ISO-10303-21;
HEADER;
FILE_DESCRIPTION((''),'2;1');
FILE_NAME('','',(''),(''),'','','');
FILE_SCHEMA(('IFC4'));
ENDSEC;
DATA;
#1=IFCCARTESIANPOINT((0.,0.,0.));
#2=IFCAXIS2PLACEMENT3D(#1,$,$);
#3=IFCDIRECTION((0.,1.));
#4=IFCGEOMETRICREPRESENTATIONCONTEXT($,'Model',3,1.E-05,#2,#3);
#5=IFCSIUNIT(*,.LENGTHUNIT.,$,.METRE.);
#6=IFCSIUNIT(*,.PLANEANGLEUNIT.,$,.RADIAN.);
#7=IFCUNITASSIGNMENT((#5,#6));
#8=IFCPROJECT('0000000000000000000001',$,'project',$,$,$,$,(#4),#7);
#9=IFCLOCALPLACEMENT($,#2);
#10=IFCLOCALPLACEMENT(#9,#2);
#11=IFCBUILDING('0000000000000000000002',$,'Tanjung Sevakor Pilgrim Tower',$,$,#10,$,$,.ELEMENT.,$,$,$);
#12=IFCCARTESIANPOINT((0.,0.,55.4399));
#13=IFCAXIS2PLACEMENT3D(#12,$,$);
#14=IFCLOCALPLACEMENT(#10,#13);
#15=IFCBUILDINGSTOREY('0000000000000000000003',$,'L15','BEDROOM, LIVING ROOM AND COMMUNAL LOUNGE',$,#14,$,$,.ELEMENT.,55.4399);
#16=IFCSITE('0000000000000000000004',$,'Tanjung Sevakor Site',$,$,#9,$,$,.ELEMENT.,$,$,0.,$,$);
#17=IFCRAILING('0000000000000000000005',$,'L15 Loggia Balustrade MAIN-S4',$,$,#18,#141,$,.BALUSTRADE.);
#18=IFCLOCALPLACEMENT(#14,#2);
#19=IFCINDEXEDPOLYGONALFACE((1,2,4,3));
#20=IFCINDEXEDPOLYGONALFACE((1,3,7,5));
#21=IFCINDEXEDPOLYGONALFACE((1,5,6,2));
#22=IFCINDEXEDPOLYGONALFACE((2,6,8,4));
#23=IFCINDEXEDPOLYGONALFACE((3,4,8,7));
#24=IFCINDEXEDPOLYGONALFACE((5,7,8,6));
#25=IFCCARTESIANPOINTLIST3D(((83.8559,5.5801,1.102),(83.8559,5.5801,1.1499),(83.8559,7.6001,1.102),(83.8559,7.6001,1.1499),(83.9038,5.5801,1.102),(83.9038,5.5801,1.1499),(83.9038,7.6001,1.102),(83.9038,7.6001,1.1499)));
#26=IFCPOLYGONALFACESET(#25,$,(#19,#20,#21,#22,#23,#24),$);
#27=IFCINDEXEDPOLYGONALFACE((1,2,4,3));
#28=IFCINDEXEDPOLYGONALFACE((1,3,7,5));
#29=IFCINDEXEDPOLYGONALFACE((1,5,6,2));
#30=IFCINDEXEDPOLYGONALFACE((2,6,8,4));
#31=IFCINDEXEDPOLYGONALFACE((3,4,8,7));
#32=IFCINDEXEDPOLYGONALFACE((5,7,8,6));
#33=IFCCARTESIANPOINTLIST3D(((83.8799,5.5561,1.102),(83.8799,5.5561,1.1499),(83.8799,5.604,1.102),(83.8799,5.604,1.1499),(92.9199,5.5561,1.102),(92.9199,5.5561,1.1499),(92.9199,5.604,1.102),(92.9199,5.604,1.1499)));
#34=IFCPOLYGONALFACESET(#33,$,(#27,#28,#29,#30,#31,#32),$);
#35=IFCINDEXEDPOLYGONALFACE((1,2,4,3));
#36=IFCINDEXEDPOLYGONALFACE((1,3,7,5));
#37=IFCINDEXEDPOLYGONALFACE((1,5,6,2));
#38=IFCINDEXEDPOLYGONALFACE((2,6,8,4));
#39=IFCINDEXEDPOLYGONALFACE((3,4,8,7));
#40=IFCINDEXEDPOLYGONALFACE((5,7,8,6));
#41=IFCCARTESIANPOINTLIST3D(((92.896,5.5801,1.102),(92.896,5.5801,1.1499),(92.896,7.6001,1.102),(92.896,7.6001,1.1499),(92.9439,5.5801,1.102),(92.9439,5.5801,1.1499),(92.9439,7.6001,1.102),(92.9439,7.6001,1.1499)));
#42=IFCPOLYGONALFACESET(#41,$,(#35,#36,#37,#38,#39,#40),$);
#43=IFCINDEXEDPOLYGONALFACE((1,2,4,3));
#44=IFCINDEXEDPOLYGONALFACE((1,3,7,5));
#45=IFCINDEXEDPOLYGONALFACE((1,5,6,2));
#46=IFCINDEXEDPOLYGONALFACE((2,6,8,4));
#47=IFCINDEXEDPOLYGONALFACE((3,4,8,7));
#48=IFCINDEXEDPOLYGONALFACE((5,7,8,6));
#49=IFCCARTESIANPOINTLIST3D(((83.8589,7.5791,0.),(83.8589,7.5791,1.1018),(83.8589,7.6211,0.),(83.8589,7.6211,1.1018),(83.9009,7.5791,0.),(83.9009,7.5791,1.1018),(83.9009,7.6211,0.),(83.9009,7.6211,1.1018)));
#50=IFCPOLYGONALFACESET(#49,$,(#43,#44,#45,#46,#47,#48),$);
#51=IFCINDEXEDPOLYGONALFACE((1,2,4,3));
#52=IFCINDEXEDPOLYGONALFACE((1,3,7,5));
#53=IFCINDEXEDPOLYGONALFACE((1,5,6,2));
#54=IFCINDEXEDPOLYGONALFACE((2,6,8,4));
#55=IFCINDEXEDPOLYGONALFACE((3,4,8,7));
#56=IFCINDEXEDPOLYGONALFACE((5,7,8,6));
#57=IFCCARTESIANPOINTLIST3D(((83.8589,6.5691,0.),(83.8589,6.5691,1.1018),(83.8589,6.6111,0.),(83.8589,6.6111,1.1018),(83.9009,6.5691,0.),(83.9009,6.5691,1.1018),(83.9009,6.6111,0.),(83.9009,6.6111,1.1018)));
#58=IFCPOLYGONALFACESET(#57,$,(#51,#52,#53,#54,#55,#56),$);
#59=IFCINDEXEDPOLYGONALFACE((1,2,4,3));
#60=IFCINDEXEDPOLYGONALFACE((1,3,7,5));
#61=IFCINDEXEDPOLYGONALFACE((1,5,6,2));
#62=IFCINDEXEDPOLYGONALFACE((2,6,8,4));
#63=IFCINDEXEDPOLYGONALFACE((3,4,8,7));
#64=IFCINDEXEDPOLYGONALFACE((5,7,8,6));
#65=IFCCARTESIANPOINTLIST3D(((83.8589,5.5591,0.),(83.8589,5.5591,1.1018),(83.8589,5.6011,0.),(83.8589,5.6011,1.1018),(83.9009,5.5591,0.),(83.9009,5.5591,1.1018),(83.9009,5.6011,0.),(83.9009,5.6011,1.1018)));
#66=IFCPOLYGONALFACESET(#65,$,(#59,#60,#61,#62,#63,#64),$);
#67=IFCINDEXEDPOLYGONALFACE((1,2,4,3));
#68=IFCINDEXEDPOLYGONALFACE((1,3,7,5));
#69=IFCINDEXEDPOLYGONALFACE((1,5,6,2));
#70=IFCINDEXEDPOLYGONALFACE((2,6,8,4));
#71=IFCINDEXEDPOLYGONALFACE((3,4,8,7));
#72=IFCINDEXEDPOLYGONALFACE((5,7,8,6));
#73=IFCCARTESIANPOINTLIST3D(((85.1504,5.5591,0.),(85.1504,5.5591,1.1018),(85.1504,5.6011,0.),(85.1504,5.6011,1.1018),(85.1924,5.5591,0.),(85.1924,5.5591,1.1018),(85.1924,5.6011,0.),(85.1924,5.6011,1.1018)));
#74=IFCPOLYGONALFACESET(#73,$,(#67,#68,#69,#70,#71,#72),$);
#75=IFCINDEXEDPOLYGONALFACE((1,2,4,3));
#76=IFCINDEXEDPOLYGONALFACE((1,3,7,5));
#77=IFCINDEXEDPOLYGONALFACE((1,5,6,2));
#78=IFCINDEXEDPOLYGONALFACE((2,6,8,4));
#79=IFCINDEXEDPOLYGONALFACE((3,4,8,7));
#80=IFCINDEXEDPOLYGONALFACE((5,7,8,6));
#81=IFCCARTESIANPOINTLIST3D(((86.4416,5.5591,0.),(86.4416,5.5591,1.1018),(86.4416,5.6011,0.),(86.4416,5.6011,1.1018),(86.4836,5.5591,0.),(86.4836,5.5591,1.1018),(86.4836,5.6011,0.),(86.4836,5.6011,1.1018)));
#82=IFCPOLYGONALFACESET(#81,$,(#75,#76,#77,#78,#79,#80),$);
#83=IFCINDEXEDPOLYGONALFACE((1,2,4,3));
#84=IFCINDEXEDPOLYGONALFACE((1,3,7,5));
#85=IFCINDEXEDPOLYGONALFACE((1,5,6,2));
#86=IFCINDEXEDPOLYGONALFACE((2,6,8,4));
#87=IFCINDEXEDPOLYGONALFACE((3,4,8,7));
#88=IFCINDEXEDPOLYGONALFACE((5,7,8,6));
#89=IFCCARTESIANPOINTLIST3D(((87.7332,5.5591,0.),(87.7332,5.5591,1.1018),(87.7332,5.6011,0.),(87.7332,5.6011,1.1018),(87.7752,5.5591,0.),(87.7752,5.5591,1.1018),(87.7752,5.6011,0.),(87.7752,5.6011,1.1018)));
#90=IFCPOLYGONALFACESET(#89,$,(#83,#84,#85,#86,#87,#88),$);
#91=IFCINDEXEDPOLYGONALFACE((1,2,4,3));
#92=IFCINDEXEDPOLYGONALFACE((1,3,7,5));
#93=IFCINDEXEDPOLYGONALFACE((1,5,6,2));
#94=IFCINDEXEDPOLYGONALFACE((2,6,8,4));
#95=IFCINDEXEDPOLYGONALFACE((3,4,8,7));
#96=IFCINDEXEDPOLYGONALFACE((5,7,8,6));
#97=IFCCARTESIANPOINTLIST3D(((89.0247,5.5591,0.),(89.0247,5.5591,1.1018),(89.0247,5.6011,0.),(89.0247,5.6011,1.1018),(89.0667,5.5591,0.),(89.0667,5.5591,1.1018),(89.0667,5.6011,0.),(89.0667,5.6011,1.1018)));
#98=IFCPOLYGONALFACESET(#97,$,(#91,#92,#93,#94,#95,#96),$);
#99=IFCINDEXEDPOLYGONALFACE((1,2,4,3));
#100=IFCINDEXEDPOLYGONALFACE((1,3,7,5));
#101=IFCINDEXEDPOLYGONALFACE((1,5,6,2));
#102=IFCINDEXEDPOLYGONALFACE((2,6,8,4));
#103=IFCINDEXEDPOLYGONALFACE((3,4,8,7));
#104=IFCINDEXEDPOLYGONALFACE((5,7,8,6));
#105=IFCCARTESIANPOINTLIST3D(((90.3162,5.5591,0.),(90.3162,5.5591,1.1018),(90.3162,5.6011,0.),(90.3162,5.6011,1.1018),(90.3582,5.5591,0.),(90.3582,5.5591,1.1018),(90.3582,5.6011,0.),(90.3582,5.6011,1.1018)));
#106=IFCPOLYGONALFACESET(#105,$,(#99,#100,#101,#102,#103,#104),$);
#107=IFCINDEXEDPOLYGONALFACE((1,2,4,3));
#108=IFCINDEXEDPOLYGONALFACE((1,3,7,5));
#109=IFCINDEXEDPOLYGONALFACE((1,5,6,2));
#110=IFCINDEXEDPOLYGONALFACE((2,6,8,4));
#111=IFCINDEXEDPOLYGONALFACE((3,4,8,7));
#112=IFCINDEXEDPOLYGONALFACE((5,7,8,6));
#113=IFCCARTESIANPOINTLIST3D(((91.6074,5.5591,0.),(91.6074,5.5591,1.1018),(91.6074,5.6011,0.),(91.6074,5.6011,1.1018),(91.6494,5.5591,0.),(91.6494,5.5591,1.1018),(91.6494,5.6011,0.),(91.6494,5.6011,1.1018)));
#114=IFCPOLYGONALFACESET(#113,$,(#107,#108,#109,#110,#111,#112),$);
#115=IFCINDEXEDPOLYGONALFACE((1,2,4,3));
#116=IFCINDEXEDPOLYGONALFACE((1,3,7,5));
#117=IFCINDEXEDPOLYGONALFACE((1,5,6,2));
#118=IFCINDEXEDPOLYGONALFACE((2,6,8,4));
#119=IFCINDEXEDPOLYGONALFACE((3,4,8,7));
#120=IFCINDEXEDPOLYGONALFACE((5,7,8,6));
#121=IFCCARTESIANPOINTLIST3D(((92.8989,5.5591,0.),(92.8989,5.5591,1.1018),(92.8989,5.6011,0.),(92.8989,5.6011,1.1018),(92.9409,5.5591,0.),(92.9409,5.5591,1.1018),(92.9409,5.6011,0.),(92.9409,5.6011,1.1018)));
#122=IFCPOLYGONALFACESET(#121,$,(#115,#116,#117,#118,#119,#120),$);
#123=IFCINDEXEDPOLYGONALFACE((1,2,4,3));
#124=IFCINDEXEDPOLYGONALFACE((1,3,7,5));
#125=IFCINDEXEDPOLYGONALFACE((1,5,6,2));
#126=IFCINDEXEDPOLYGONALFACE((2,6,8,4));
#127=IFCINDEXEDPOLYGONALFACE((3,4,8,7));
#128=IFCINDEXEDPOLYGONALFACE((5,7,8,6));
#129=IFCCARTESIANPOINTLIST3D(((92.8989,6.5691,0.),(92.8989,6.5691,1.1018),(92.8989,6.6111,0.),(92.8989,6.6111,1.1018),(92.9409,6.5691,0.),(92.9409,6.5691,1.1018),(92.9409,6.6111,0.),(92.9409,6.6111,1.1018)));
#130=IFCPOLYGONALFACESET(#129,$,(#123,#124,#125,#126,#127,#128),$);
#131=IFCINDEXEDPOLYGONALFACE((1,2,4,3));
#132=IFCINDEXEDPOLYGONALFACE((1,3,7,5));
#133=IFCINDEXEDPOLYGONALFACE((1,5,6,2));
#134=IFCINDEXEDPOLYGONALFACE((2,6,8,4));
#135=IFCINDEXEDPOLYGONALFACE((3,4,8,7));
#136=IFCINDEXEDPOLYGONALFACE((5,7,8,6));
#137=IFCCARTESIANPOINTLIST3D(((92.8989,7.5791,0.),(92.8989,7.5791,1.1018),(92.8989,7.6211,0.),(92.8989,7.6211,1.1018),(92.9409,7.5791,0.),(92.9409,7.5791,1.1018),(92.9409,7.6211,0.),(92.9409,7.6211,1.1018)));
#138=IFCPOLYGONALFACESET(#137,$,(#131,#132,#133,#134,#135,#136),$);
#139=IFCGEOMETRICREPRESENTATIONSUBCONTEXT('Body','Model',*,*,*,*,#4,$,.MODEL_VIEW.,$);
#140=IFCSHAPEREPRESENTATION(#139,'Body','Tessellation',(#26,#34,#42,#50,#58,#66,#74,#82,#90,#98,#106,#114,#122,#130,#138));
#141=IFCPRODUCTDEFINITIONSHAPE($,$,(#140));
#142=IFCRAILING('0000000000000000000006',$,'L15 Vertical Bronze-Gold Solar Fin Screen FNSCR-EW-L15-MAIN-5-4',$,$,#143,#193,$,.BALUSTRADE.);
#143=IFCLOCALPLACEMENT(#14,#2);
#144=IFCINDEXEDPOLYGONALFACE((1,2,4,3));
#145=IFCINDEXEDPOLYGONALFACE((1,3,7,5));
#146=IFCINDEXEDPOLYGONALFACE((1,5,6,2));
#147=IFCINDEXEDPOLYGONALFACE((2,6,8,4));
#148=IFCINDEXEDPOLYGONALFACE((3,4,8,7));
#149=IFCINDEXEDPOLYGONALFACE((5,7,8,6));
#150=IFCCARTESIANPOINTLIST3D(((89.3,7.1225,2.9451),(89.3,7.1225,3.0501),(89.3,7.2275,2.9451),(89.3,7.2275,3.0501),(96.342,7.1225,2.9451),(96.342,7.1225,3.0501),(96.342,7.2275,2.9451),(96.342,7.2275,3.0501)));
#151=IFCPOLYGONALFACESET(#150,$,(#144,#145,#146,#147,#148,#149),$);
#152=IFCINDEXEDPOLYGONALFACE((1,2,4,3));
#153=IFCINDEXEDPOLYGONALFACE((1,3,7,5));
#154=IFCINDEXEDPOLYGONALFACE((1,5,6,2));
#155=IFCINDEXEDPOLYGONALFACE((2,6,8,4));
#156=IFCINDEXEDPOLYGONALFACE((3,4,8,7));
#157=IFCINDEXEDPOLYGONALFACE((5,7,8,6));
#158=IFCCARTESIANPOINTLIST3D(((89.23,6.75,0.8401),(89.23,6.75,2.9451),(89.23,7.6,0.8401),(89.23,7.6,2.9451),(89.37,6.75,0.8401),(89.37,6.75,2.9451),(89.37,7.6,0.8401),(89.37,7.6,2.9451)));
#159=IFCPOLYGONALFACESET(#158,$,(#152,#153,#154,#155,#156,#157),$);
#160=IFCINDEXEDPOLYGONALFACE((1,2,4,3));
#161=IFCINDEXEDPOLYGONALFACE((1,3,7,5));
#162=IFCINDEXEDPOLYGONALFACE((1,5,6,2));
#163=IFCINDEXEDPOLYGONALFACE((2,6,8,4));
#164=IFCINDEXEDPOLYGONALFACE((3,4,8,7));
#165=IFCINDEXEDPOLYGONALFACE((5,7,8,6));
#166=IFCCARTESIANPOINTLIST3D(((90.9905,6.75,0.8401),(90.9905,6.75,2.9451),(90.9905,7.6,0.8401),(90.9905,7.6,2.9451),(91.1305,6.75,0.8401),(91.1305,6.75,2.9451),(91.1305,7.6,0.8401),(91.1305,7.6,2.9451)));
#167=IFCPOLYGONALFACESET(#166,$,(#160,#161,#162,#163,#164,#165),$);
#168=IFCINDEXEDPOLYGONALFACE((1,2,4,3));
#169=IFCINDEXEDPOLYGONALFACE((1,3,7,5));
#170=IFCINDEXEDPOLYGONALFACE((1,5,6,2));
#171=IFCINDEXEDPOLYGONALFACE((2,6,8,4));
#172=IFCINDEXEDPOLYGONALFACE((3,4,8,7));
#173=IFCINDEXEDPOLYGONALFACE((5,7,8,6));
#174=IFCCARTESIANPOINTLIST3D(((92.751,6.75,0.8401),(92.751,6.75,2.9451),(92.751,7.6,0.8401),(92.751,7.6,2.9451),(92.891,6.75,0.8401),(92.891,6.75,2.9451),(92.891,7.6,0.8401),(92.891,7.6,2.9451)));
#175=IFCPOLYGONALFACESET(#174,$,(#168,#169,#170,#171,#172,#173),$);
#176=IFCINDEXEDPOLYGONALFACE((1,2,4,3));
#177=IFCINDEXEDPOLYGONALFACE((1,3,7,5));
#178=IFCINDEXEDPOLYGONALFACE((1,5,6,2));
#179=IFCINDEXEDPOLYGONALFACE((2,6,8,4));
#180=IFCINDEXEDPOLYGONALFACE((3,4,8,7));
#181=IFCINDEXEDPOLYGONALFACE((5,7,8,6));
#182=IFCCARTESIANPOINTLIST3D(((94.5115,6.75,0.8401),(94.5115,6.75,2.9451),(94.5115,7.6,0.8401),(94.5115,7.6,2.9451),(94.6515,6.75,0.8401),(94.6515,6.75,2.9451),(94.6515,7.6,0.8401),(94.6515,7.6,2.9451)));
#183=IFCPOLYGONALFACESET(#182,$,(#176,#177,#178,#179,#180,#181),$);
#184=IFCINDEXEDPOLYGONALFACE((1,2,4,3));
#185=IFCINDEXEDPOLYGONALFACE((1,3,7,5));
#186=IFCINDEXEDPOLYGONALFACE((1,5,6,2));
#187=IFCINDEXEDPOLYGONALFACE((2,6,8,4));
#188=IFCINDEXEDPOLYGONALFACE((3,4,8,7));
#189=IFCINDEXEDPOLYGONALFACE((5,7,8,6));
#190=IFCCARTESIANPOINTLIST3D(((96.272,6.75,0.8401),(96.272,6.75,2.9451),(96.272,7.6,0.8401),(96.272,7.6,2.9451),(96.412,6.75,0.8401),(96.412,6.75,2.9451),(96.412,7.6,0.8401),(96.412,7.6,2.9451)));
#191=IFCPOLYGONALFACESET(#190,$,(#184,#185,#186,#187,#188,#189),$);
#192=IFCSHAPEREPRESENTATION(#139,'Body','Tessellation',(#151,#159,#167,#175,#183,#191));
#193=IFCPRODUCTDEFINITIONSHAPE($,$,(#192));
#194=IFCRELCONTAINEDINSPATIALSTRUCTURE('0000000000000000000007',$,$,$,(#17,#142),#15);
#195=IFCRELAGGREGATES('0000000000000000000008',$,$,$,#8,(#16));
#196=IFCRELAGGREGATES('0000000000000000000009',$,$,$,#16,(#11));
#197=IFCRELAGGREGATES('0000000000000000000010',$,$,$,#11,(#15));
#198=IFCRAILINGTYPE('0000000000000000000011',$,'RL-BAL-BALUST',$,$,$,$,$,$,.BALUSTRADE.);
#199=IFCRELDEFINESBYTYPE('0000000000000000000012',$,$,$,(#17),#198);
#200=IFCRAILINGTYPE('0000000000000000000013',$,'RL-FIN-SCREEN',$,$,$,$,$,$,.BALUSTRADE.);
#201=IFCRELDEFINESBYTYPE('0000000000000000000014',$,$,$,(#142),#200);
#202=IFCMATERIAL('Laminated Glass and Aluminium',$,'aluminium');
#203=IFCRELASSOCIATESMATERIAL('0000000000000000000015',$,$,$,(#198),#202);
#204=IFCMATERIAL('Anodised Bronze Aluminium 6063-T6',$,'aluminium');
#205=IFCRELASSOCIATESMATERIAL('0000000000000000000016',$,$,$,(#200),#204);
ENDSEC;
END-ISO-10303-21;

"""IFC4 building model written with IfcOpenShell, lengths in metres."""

from ifc_helpers import new_model, si_unit, direction, frame, origin, place, context, subcontext, project, spatial, rectangle, extrude, material, type_object, element, save


model = new_model("IFC4")

# Units and contexts
model_context = context("Model", 3, precision=1e-05, world=origin(), true_north=direction((0.0, 1.0)))
body_context = subcontext(model_context, "Body", "Model", "MODEL_VIEW")
ifc_project = project(units=[si_unit("LENGTHUNIT", "METRE"), si_unit("PLANEANGLEUNIT", "RADIAN")], contexts=[model_context])

# Site, building, storey
site_placement = place(None, origin())
site = spatial("IfcSite", under=ifc_project, at=site_placement, Name="Tanjung Sevakor Site", CompositionType="ELEMENT", RefElevation=0.0)
building_placement = place(site_placement, origin())
building = spatial("IfcBuilding", under=site, at=building_placement, Name="Tanjung Sevakor Pilgrim Tower", CompositionType="ELEMENT")
storey_placement = place(building_placement, frame((0.0, 0.0, 55.4399)))
storey = spatial("IfcBuildingStorey", under=building, at=storey_placement, Name="L15", Description="BEDROOM, LIVING ROOM AND COMMUNAL LOUNGE", CompositionType="ELEMENT", Elevation=55.4399)

# Railings
ifc_material_1 = material(Name="Laminated Glass and Aluminium", Category="aluminium")
railing_type_1 = type_object("IfcRailingType", Name="RL-BAL-BALUST", PredefinedType="BALUSTRADE", material=ifc_material_1)
railing_1_placement = place(storey_placement, frame((83.8799, 7.6001, 0.0)))
element("IfcRailing", 1, at=railing_1_placement, inside=storey, type_object=railing_type_1, Name="L15 Loggia Balustrade MAIN-S4", PredefinedType="BALUSTRADE", context=body_context, shape_type="SweptSolid", body=[
    extrude(rectangle(XDim=0.0479, YDim=0.0479), frame((0.0, 0.0, 1.126), z_axis=(0.0, -1.0, 0.0), x_axis=(1.0, 0.0, 0.0)), (0.0, 0.0, 1.0), 2.02),
    extrude(rectangle(XDim=0.0479, YDim=0.0479), frame((0.0, -2.02, 1.126), z_axis=(1.0, 0.0, 0.0), x_axis=(0.0, 1.0, 0.0)), (0.0, 0.0, 1.0), 9.04),
    extrude(rectangle(XDim=0.0479, YDim=0.0479), frame((9.04, -2.02, 1.126), z_axis=(0.0, 1.0, 0.0), x_axis=(-1.0, 0.0, 0.0)), (0.0, 0.0, 1.0), 2.02),
    extrude(rectangle(XDim=0.042, YDim=0.042), origin(), (0.0, 0.0, 1.0), 1.1018),
    extrude(rectangle(XDim=0.042, YDim=0.042), frame((0.0, -1.01, 0.0)), (0.0, 0.0, 1.0), 1.1018),
    extrude(rectangle(XDim=0.042, YDim=0.042), frame((0.0, -2.02, 0.0)), (0.0, 0.0, 1.0), 1.1018),
    extrude(rectangle(XDim=0.042, YDim=0.042), frame((1.2915, -2.02, 0.0)), (0.0, 0.0, 1.0), 1.1018),
    extrude(rectangle(XDim=0.042, YDim=0.042), frame((2.5828, -2.02, 0.0)), (0.0, 0.0, 1.0), 1.1018),
    extrude(rectangle(XDim=0.042, YDim=0.042), frame((3.8743, -2.02, 0.0)), (0.0, 0.0, 1.0), 1.1018),
    extrude(rectangle(XDim=0.042, YDim=0.042), frame((5.1658, -2.02, 0.0)), (0.0, 0.0, 1.0), 1.1018),
    extrude(rectangle(XDim=0.042, YDim=0.042), frame((6.4573, -2.02, 0.0)), (0.0, 0.0, 1.0), 1.1018),
    extrude(rectangle(XDim=0.042, YDim=0.042), frame((7.7485, -2.02, 0.0)), (0.0, 0.0, 1.0), 1.1018),
    extrude(rectangle(XDim=0.042, YDim=0.042), frame((9.04, -2.02, 0.0)), (0.0, 0.0, 1.0), 1.1018),
    extrude(rectangle(XDim=0.042, YDim=0.042), frame((9.04, -1.01, 0.0)), (0.0, 0.0, 1.0), 1.1018),
    extrude(rectangle(XDim=0.042, YDim=0.042), frame((9.04, 0.0, 0.0)), (0.0, 0.0, 1.0), 1.1018),
])
ifc_material_2 = material(Name="Anodised Bronze Aluminium 6063-T6", Category="aluminium")
railing_type_2 = type_object("IfcRailingType", Name="RL-FIN-SCREEN", PredefinedType="BALUSTRADE", material=ifc_material_2)
railing_2_placement = place(storey_placement, frame((89.3, 7.175, 0.8401)))
element("IfcRailing", 2, at=railing_2_placement, inside=storey, type_object=railing_type_2, Name="L15 Vertical Bronze-Gold Solar Fin Screen FNSCR-EW-L15-MAIN-5-4", PredefinedType="BALUSTRADE", context=body_context, shape_type="SweptSolid", body=[
    extrude(rectangle(XDim=0.105, YDim=0.105), frame((0.0, 0.0, 2.1575), z_axis=(1.0, 0.0, 0.0), x_axis=(0.0, 1.0, 0.0)), (0.0, 0.0, 1.0), 7.042),
    extrude(rectangle(XDim=0.14, YDim=0.85), origin(), (0.0, 0.0, 1.0), 2.105),
    extrude(rectangle(XDim=0.14, YDim=0.85), frame((1.7605, 0.0, 0.0)), (0.0, 0.0, 1.0), 2.105),
    extrude(rectangle(XDim=0.14, YDim=0.85), frame((3.521, 0.0, 0.0)), (0.0, 0.0, 1.0), 2.105),
    extrude(rectangle(XDim=0.14, YDim=0.85), frame((5.2815, 0.0, 0.0)), (0.0, 0.0, 1.0), 2.105),
    extrude(rectangle(XDim=0.14, YDim=0.85), frame((7.042, 0.0, 0.0)), (0.0, 0.0, 1.0), 2.105),
])

save(model, "model.ifc")
